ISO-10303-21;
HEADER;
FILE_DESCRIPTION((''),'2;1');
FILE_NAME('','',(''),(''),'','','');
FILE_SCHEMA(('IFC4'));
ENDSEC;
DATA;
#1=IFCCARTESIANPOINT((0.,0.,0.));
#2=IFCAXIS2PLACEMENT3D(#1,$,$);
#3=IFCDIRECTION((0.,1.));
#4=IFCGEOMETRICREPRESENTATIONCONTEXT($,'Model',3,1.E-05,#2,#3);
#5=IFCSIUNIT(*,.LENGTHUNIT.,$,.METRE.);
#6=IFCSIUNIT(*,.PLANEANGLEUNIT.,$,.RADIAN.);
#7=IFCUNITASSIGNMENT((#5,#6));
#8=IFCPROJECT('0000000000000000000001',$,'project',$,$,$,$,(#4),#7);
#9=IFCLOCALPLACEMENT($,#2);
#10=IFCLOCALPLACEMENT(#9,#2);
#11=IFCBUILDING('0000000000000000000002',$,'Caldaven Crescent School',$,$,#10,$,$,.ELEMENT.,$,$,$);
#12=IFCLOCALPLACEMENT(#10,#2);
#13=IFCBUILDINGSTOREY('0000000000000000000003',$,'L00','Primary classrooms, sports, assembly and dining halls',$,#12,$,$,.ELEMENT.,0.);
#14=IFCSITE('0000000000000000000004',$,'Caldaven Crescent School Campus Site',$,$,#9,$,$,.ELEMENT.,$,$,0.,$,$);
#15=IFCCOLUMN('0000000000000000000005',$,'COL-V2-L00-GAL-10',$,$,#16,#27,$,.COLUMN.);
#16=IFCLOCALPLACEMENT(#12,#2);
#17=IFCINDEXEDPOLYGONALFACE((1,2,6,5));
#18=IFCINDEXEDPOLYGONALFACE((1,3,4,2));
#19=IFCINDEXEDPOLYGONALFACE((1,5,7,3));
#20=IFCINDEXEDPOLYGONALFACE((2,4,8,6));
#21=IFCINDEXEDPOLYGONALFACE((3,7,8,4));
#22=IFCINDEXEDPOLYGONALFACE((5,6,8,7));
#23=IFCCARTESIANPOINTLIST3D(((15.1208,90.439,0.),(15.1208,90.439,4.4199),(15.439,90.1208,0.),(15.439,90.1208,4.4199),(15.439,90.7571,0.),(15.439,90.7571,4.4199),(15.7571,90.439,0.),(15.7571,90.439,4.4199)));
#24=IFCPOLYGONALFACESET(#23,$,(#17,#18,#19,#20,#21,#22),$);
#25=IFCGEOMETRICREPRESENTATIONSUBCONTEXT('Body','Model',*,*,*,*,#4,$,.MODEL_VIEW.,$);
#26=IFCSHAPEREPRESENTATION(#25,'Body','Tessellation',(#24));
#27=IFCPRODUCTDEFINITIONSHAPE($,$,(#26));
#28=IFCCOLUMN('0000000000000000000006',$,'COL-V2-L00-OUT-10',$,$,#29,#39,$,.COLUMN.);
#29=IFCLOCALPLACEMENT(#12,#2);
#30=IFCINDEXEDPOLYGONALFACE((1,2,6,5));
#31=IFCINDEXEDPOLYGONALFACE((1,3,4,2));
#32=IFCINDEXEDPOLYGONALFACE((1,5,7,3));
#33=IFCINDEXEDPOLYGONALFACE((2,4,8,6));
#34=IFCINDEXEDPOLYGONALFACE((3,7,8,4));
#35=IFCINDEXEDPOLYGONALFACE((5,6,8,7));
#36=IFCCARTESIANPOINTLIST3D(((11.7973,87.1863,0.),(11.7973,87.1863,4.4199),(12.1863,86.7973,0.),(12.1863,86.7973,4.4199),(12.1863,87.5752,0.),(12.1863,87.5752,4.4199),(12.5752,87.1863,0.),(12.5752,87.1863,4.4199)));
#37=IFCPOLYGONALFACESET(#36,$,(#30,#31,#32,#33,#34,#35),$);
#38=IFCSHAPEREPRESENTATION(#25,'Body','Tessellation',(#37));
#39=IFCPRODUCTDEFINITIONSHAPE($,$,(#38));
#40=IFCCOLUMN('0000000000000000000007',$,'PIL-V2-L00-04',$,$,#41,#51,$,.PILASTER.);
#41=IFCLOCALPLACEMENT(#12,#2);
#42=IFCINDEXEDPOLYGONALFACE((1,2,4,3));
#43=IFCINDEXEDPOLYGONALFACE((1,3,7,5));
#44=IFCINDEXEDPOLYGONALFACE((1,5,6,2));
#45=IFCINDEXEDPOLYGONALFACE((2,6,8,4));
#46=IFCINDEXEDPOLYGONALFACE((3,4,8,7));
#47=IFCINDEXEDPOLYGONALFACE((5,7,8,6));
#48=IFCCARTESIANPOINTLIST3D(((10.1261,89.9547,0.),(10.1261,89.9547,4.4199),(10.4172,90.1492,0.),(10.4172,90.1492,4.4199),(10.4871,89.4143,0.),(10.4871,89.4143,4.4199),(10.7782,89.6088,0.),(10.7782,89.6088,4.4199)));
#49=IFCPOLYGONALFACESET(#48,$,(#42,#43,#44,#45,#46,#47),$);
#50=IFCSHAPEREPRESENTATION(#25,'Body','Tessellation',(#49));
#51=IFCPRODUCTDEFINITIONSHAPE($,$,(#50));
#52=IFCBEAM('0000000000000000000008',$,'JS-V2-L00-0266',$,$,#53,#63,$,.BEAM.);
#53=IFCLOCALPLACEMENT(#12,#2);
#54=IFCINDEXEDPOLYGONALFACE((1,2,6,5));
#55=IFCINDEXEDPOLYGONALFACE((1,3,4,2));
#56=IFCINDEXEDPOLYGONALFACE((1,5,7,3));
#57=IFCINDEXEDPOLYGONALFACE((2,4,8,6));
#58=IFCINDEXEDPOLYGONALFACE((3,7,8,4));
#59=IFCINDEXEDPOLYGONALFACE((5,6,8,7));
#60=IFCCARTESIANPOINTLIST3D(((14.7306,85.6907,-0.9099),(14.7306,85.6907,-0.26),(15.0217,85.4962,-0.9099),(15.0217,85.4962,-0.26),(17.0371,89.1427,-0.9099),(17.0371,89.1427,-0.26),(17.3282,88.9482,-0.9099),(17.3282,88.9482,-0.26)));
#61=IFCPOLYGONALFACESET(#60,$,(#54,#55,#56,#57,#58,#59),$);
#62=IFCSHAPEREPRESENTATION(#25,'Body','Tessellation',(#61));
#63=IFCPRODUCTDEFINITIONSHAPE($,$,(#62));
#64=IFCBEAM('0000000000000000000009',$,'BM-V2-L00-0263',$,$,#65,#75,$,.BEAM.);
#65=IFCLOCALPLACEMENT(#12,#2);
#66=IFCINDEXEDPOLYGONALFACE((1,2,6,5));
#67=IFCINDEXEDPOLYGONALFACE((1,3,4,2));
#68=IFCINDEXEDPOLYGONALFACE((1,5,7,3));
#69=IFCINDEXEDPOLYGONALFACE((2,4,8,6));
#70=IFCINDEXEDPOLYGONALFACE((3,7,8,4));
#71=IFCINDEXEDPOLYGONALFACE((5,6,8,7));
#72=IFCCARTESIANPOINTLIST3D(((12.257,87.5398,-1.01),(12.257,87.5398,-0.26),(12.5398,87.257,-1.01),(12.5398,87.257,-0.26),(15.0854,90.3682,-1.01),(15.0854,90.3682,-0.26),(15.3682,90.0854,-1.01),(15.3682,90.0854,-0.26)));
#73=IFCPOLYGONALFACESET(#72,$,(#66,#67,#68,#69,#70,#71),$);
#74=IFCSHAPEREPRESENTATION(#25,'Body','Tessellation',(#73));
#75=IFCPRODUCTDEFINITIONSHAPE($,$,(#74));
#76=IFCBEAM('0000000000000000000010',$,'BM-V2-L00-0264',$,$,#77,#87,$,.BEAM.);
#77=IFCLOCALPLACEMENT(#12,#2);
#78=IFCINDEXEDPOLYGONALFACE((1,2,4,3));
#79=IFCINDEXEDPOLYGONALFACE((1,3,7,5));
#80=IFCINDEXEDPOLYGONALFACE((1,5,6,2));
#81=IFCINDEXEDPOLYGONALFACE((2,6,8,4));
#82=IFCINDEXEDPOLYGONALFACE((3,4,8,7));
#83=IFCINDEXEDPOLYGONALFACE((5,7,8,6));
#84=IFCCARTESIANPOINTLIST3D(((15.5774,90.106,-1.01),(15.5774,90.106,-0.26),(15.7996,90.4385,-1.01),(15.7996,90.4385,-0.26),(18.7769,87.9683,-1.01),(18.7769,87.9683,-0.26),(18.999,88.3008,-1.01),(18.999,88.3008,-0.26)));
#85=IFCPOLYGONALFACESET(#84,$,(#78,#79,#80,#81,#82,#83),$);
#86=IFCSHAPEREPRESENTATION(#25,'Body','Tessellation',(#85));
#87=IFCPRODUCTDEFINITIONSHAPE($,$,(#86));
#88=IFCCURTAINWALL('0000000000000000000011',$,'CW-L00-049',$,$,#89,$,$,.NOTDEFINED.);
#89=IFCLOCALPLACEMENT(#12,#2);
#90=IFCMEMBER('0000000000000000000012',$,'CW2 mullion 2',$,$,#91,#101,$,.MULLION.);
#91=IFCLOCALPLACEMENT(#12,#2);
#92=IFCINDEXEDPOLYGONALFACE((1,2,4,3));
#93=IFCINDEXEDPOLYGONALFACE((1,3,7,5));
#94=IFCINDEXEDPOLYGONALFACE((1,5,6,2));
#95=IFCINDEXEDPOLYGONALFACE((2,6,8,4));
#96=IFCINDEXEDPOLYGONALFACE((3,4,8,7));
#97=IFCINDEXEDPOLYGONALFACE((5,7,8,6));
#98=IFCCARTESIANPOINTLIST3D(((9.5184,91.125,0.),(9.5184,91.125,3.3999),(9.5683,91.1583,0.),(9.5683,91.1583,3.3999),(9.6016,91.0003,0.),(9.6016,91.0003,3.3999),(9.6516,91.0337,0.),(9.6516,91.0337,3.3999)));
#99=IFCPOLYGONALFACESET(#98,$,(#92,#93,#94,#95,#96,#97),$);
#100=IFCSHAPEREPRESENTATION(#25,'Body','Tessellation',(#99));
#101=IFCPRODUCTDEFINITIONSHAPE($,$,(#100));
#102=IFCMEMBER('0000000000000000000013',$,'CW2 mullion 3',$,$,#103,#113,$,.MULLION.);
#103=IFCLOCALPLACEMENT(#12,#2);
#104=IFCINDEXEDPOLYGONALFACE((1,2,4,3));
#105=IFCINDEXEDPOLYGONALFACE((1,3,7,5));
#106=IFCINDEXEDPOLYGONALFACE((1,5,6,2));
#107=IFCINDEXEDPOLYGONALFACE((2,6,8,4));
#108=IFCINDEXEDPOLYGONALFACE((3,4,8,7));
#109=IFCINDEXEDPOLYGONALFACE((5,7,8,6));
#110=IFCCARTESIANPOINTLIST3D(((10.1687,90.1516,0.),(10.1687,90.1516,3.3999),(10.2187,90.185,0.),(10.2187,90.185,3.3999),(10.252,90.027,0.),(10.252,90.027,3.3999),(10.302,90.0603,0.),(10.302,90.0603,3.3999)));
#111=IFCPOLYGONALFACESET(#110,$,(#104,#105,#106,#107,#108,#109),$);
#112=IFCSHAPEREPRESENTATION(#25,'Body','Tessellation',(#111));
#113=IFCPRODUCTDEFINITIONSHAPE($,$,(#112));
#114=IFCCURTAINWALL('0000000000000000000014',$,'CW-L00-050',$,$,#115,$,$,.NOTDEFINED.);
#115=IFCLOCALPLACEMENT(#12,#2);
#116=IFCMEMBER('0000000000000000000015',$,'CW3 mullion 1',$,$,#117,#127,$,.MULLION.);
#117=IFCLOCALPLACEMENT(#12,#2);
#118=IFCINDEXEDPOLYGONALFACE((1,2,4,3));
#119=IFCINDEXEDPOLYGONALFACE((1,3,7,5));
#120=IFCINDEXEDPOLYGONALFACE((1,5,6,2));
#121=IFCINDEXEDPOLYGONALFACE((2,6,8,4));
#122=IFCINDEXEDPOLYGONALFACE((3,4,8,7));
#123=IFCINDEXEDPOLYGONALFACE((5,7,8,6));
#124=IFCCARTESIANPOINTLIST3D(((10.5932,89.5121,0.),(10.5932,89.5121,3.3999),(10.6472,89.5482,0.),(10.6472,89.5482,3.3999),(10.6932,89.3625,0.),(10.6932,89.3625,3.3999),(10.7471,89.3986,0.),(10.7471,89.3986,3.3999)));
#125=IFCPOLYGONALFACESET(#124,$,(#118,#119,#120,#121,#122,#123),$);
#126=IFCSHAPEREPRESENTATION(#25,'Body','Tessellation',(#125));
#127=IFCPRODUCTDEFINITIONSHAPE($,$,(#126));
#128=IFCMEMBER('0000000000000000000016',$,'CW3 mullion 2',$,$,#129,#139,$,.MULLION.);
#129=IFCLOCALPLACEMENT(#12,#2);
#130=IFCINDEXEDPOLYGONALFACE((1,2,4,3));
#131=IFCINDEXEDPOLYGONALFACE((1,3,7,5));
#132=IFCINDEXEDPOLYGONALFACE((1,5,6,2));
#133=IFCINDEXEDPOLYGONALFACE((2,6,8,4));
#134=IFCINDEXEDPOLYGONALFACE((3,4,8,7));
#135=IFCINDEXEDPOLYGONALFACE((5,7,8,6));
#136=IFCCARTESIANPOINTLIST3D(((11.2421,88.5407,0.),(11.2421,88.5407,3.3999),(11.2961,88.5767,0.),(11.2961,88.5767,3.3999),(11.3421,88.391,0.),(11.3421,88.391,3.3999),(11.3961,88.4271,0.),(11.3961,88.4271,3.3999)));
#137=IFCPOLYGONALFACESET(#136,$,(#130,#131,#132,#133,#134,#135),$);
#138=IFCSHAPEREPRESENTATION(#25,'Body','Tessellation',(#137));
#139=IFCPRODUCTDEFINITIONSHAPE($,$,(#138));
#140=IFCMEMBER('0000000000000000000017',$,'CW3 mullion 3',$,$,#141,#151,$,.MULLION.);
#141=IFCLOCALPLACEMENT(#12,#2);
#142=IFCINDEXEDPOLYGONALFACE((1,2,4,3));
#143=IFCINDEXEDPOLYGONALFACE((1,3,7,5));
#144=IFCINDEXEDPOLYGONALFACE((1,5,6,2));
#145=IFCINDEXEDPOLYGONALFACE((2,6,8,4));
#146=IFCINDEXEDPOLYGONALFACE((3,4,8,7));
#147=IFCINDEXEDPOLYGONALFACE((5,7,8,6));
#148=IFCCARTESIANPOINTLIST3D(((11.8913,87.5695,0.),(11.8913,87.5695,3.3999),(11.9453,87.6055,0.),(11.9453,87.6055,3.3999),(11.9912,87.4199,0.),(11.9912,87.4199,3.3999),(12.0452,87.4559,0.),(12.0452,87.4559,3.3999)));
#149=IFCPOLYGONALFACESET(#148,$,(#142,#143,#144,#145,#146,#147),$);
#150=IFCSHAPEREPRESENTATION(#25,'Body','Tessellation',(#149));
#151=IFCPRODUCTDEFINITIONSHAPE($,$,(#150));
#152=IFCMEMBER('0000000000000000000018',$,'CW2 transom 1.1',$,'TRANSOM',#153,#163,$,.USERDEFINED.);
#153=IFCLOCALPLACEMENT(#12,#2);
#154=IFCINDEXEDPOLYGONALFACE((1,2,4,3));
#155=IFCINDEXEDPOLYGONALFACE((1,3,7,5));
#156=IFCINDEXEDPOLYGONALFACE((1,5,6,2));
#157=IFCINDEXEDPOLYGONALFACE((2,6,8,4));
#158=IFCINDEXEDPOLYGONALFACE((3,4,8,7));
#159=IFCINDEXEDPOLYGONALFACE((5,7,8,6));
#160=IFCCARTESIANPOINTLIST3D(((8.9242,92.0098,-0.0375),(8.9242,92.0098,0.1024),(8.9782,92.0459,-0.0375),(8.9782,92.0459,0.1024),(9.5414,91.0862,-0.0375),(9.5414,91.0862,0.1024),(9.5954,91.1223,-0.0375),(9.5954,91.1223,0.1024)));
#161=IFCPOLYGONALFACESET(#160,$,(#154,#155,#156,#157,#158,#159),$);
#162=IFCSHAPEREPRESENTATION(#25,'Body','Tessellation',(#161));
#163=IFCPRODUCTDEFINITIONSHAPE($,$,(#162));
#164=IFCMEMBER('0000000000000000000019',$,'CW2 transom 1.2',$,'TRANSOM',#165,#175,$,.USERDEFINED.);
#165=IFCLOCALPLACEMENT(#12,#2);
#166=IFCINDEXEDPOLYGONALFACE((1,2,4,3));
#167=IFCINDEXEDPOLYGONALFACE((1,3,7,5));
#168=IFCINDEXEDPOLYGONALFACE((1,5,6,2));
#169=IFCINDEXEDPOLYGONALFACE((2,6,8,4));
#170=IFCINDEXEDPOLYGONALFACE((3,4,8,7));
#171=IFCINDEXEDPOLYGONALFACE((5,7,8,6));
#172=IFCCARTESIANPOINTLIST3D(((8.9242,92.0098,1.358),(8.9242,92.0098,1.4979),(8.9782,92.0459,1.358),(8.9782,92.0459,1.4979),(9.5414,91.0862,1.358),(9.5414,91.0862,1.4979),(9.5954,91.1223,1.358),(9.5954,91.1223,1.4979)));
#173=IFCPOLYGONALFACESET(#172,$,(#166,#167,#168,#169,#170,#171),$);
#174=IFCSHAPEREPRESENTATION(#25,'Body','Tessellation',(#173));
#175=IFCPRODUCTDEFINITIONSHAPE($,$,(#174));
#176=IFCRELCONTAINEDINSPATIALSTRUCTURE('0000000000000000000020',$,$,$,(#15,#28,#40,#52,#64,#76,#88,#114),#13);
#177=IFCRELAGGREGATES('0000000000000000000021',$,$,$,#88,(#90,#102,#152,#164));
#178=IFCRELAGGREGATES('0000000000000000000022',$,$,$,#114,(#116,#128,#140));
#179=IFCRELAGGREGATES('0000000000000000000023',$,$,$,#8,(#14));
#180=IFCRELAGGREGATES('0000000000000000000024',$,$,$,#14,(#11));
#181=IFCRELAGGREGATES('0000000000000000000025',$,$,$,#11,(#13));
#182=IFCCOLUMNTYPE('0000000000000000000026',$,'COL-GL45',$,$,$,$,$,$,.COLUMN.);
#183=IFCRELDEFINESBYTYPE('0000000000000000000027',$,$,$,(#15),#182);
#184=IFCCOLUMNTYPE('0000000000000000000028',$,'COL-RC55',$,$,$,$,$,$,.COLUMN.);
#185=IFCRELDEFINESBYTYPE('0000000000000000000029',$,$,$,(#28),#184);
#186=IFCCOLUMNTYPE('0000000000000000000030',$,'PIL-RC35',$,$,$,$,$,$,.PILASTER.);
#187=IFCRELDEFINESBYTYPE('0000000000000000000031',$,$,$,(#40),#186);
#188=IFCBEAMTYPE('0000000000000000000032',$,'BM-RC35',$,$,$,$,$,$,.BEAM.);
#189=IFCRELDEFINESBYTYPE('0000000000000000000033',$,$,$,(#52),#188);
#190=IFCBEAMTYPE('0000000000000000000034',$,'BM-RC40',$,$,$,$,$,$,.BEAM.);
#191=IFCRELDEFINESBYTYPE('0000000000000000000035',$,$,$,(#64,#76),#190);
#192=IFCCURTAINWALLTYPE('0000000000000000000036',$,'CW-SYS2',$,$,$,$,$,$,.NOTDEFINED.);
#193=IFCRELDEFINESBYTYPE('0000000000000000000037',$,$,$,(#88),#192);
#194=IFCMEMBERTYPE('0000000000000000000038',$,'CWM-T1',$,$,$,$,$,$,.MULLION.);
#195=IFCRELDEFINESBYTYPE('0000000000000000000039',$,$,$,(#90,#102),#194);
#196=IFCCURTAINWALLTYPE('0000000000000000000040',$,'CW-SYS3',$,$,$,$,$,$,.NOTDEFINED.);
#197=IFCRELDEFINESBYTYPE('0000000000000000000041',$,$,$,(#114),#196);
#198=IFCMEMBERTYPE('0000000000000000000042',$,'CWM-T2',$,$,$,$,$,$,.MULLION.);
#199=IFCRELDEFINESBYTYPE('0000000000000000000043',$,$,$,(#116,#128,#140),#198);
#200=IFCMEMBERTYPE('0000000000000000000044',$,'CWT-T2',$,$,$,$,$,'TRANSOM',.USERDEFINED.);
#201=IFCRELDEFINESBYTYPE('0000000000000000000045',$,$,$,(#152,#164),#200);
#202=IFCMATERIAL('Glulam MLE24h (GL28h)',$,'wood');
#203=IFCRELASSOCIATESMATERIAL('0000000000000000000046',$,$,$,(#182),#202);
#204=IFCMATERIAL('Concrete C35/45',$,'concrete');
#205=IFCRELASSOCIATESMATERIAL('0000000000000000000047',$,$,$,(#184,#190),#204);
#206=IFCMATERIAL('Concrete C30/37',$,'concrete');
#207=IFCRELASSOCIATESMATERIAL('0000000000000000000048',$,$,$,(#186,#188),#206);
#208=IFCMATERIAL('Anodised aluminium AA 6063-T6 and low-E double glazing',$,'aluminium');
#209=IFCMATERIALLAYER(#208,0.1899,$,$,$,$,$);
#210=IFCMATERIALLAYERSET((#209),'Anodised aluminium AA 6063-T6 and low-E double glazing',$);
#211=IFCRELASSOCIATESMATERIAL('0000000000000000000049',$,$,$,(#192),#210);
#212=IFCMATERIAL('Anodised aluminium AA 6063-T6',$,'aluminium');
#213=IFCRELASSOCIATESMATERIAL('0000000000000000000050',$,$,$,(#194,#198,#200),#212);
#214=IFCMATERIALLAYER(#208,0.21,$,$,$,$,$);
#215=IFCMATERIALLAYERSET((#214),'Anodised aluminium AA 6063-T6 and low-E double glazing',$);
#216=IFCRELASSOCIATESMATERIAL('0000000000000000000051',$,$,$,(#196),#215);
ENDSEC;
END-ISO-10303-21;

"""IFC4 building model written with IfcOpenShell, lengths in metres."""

from ifc_helpers import new_model, si_unit, direction, frame, origin, origin_2d, place, context, subcontext, project, spatial, rectangle, extrude, material, layer, layer_set, material_profile, profile_set, type_object, element, aggregate, save


model = new_model("IFC4")

# Units and contexts
model_context = context("Model", 3, precision=1e-05, world=origin(), true_north=direction((0.0, 1.0)))
body_context = subcontext(model_context, "Body", "Model", "MODEL_VIEW")
ifc_project = project(units=[si_unit("LENGTHUNIT", "METRE"), si_unit("PLANEANGLEUNIT", "RADIAN")], contexts=[model_context])

# Site, building, storey
site_placement = place(None, origin())
site = spatial("IfcSite", under=ifc_project, at=site_placement, Name="Caldaven Crescent School Campus Site", CompositionType="ELEMENT", RefElevation=0.0)
building_placement = place(site_placement, origin())
building = spatial("IfcBuilding", under=site, at=building_placement, Name="Caldaven Crescent School", CompositionType="ELEMENT")
storey_placement = place(building_placement, origin())
storey = spatial("IfcBuildingStorey", under=building, at=storey_placement, Name="L00", Description="Primary classrooms, sports, assembly and dining halls", CompositionType="ELEMENT", Elevation=0.0)

# Columns
ifc_material_1 = material(Name="Glulam MLE24h (GL28h)", Category="wood")
ifc_material_profile_1 = material_profile(ifc_material_1, rectangle(XDim=0.45, YDim=0.45, at=origin_2d()), Name="MLE 450x450")
ifc_profile_set_1 = profile_set([ifc_material_profile_1], Name="Glulam MLE24h (GL28h)")
column_type_1 = type_object("IfcColumnType", Name="COL-GL45", PredefinedType="COLUMN", material=ifc_profile_set_1)
column_1_placement = place(storey_placement, frame((15.439, 90.439, 0.0), z_axis=(0.0, 0.0, 1.0), x_axis=(-0.707107, -0.707107, 0.0)))
element("IfcColumn", 1, at=column_1_placement, inside=storey, type_object=column_type_1, Name="COL-V2-L00-GAL-10", PredefinedType="COLUMN", context=body_context, shape_type="SweptSolid", body=[
    extrude(rectangle(XDim=0.45, YDim=0.45, at=origin_2d()), origin(), (0.0, 0.0, 1.0), 4.4199),
])
ifc_material_2 = material(Name="Concrete C35/45", Category="concrete")
ifc_material_profile_2 = material_profile(ifc_material_2, rectangle(XDim=0.55, YDim=0.55, at=origin_2d()), Name="RC 550x550")
ifc_profile_set_2 = profile_set([ifc_material_profile_2], Name="Concrete C35/45")
column_type_2 = type_object("IfcColumnType", Name="COL-RC55", PredefinedType="COLUMN", material=ifc_profile_set_2)
column_2_placement = place(storey_placement, frame((12.1863, 87.1863, 0.0), z_axis=(0.0, 0.0, 1.0), x_axis=(-0.707107, -0.707107, 0.0)))
element("IfcColumn", 2, at=column_2_placement, inside=storey, type_object=column_type_2, Name="COL-V2-L00-OUT-10", PredefinedType="COLUMN", context=body_context, shape_type="SweptSolid", body=[
    extrude(rectangle(XDim=0.55, YDim=0.55, at=origin_2d()), origin(), (0.0, 0.0, 1.0), 4.4199),
])
ifc_material_3 = material(Name="Concrete C30/37", Category="concrete")
ifc_material_profile_3 = material_profile(ifc_material_3, rectangle(XDim=0.3501, YDim=0.6499, at=origin_2d()), Name="RC 350x650")
ifc_profile_set_3 = profile_set([ifc_material_profile_3], Name="Concrete C30/37")
column_type_3 = type_object("IfcColumnType", Name="PIL-RC35", PredefinedType="PILASTER", material=ifc_profile_set_3)
column_3_placement = place(storey_placement, frame((10.4521, 89.7817, 0.0), z_axis=(0.0, 0.0, 1.0), x_axis=(-0.83147, -0.55557, 0.0)))
element("IfcColumn", 3, at=column_3_placement, inside=storey, type_object=column_type_3, Name="PIL-V2-L00-04", PredefinedType="PILASTER", context=body_context, shape_type="SweptSolid", body=[
    extrude(rectangle(XDim=0.3501, YDim=0.6499, at=origin_2d()), origin(), (0.0, 0.0, 1.0), 4.4199),
])

# Beams
ifc_material_profile_4 = material_profile(ifc_material_3, rectangle(XDim=0.3501, YDim=0.6499, at=origin_2d()), Name="RC 350x650")
ifc_profile_set_4 = profile_set([ifc_material_profile_4], Name="Concrete C30/37")
beam_type_1 = type_object("IfcBeamType", Name="BM-RC35", PredefinedType="BEAM", material=ifc_profile_set_4)
beam_1_placement = place(storey_placement, frame((17.1826, 89.0454, -0.585), z_axis=(-0.555555, -0.83148, 0.0), x_axis=(0.83148, -0.555555, 0.0)))
element("IfcBeam", 4, at=beam_1_placement, inside=storey, type_object=beam_type_1, Name="JS-V2-L00-0266", PredefinedType="BEAM", context=body_context, shape_type="SweptSolid", body=[
    extrude(rectangle(XDim=0.3501, YDim=0.6499, at=origin_2d()), origin(), (0.0, 0.0, 1.0), 4.1516),
])
ifc_material_profile_5 = material_profile(ifc_material_2, rectangle(XDim=0.3999, YDim=0.75, at=origin_2d()), Name="RC 400x750")
ifc_profile_set_5 = profile_set([ifc_material_profile_5], Name="Concrete C35/45")
beam_type_2 = type_object("IfcBeamType", Name="BM-RC40", PredefinedType="BEAM", material=ifc_profile_set_5)
beam_2_placement = place(storey_placement, frame((15.2268, 90.2268, -0.635), z_axis=(-0.707107, -0.707107, 0.0), x_axis=(0.707107, -0.707107, 0.0)))
element("IfcBeam", 5, at=beam_2_placement, inside=storey, type_object=beam_type_2, Name="BM-V2-L00-0263", PredefinedType="BEAM", context=body_context, shape_type="SweptSolid", body=[
    extrude(rectangle(XDim=0.3999, YDim=0.75, at=origin_2d()), origin(), (0.0, 0.0, 1.0), 4.0),
])
beam_3_placement = place(storey_placement, frame((15.6885, 90.2722, -0.635), z_axis=(0.831484, -0.555549, 0.0), x_axis=(0.555549, 0.831484, 0.0)))
element("IfcBeam", 6, at=beam_3_placement, inside=storey, type_object=beam_type_2, Name="BM-V2-L00-0264", PredefinedType="BEAM", context=body_context, shape_type="SweptSolid", body=[
    extrude(rectangle(XDim=0.3999, YDim=0.75, at=origin_2d()), origin(), (0.0, 0.0, 1.0), 3.8479),
])

# Curtain walls, members
ifc_material_4 = material(Name="Anodised aluminium AA 6063-T6 and low-E double glazing", Category="aluminium")
ifc_layer_1 = layer(ifc_material_4, 0.1899)
ifc_layer_set_1 = layer_set([ifc_layer_1], Name="Anodised aluminium AA 6063-T6 and low-E double glazing")
curtain_wall_type_1 = type_object("IfcCurtainWallType", Name="CW-SYS2", PredefinedType="NOTDEFINED", material=ifc_layer_set_1)
curtain_wall_1_placement = place(storey_placement, origin())
curtain_wall_1 = element("IfcCurtainWall", 7, at=curtain_wall_1_placement, inside=storey, type_object=curtain_wall_type_1, Name="CW-L00-049", PredefinedType="NOTDEFINED")
ifc_material_5 = material(Name="Anodised aluminium AA 6063-T6", Category="aluminium")
ifc_material_profile_6 = material_profile(ifc_material_5, rectangle(XDim=0.0601, YDim=0.1499, at=origin_2d()), Name="CWM 60x150")
ifc_profile_set_6 = profile_set([ifc_material_profile_6], Name="Anodised aluminium AA 6063-T6")
member_type_1 = type_object("IfcMemberType", Name="CWM-T1", PredefinedType="MULLION", material=ifc_profile_set_6)
member_1_placement = place(storey_placement, frame((9.585, 91.0793, 0.0), z_axis=(0.0, 0.0, 1.0), x_axis=(0.83147, 0.55557, 0.0)))
member_1 = element("IfcMember", 8, at=member_1_placement, type_object=member_type_1, Name="CW2 mullion 2", PredefinedType="MULLION", context=body_context, shape_type="SweptSolid", body=[
    extrude(rectangle(XDim=0.0601, YDim=0.1499, at=origin_2d()), origin(), (0.0, 0.0, 1.0), 3.3999),
])
member_2_placement = place(storey_placement, frame((10.2354, 90.106, 0.0), z_axis=(0.0, 0.0, 1.0), x_axis=(0.83147, 0.55557, 0.0)))
member_2 = element("IfcMember", 9, at=member_2_placement, type_object=member_type_1, Name="CW2 mullion 3", PredefinedType="MULLION", context=body_context, shape_type="SweptSolid", body=[
    extrude(rectangle(XDim=0.0601, YDim=0.1499, at=origin_2d()), origin(), (0.0, 0.0, 1.0), 3.3999),
])
ifc_layer_2 = layer(ifc_material_4, 0.21)
ifc_layer_set_2 = layer_set([ifc_layer_2], Name="Anodised aluminium AA 6063-T6 and low-E double glazing")
curtain_wall_type_2 = type_object("IfcCurtainWallType", Name="CW-SYS3", PredefinedType="NOTDEFINED", material=ifc_layer_set_2)
curtain_wall_2_placement = place(storey_placement, origin())
curtain_wall_2 = element("IfcCurtainWall", 10, at=curtain_wall_2_placement, inside=storey, type_object=curtain_wall_type_2, Name="CW-L00-050", PredefinedType="NOTDEFINED")
ifc_material_profile_7 = material_profile(ifc_material_5, rectangle(XDim=0.0649, YDim=0.1799, at=origin_2d()), Name="CWM 65x180")
ifc_profile_set_7 = profile_set([ifc_material_profile_7], Name="Anodised aluminium AA 6063-T6")
member_type_2 = type_object("IfcMemberType", Name="CWM-T2", PredefinedType="MULLION", material=ifc_profile_set_7)
member_3_placement = place(storey_placement, frame((10.6702, 89.4553, 0.0), z_axis=(0.0, 0.0, 1.0), x_axis=(0.831468, 0.555572, 0.0)))
member_3 = element("IfcMember", 11, at=member_3_placement, type_object=member_type_2, Name="CW3 mullion 1", PredefinedType="MULLION", context=body_context, shape_type="SweptSolid", body=[
    extrude(rectangle(XDim=0.0649, YDim=0.1799, at=origin_2d()), origin(), (0.0, 0.0, 1.0), 3.3999),
])
member_4_placement = place(storey_placement, frame((11.3191, 88.4839, 0.0), z_axis=(0.0, 0.0, 1.0), x_axis=(0.831468, 0.555572, 0.0)))
member_4 = element("IfcMember", 12, at=member_4_placement, type_object=member_type_2, Name="CW3 mullion 2", PredefinedType="MULLION", context=body_context, shape_type="SweptSolid", body=[
    extrude(rectangle(XDim=0.0649, YDim=0.1799, at=origin_2d()), origin(), (0.0, 0.0, 1.0), 3.3999),
])
member_5_placement = place(storey_placement, frame((11.9683, 87.5127, 0.0), z_axis=(0.0, 0.0, 1.0), x_axis=(0.831468, 0.555572, 0.0)))
member_5 = element("IfcMember", 13, at=member_5_placement, type_object=member_type_2, Name="CW3 mullion 3", PredefinedType="MULLION", context=body_context, shape_type="SweptSolid", body=[
    extrude(rectangle(XDim=0.0649, YDim=0.1799, at=origin_2d()), origin(), (0.0, 0.0, 1.0), 3.3999),
])

# Members
ifc_material_profile_8 = material_profile(ifc_material_5, rectangle(XDim=0.0649, YDim=0.1399, at=origin_2d()), Name="CWT 65x140")
ifc_profile_set_8 = profile_set([ifc_material_profile_8], Name="Anodised aluminium AA 6063-T6")
member_type_3 = type_object("IfcMemberType", Name="CWT-T2", ElementType="TRANSOM", PredefinedType="USERDEFINED", material=ifc_profile_set_8)
member_6_placement = place(storey_placement, frame((8.9512, 92.0278, 0.0325), z_axis=(0.555613, -0.831441, 0.0), x_axis=(0.831441, 0.555613, 0.0)))
member_6 = element("IfcMember", 14, at=member_6_placement, type_object=member_type_3, Name="CW2 transom 1.1", ObjectType="TRANSOM", PredefinedType="USERDEFINED", context=body_context, shape_type="SweptSolid", body=[
    extrude(rectangle(XDim=0.0649, YDim=0.1399, at=origin_2d()), origin(), (0.0, 0.0, 1.0), 1.1108),
])
member_7_placement = place(storey_placement, frame((8.9512, 92.0278, 1.428), z_axis=(0.555613, -0.831441, 0.0), x_axis=(0.831441, 0.555613, 0.0)))
member_7 = element("IfcMember", 15, at=member_7_placement, type_object=member_type_3, Name="CW2 transom 1.2", ObjectType="TRANSOM", PredefinedType="USERDEFINED", context=body_context, shape_type="SweptSolid", body=[
    extrude(rectangle(XDim=0.0649, YDim=0.1399, at=origin_2d()), origin(), (0.0, 0.0, 1.0), 1.1108),
])

aggregate(curtain_wall_1, [member_1, member_2, member_6, member_7])
aggregate(curtain_wall_2, [member_3, member_4, member_5])

save(model, "model.ifc")
